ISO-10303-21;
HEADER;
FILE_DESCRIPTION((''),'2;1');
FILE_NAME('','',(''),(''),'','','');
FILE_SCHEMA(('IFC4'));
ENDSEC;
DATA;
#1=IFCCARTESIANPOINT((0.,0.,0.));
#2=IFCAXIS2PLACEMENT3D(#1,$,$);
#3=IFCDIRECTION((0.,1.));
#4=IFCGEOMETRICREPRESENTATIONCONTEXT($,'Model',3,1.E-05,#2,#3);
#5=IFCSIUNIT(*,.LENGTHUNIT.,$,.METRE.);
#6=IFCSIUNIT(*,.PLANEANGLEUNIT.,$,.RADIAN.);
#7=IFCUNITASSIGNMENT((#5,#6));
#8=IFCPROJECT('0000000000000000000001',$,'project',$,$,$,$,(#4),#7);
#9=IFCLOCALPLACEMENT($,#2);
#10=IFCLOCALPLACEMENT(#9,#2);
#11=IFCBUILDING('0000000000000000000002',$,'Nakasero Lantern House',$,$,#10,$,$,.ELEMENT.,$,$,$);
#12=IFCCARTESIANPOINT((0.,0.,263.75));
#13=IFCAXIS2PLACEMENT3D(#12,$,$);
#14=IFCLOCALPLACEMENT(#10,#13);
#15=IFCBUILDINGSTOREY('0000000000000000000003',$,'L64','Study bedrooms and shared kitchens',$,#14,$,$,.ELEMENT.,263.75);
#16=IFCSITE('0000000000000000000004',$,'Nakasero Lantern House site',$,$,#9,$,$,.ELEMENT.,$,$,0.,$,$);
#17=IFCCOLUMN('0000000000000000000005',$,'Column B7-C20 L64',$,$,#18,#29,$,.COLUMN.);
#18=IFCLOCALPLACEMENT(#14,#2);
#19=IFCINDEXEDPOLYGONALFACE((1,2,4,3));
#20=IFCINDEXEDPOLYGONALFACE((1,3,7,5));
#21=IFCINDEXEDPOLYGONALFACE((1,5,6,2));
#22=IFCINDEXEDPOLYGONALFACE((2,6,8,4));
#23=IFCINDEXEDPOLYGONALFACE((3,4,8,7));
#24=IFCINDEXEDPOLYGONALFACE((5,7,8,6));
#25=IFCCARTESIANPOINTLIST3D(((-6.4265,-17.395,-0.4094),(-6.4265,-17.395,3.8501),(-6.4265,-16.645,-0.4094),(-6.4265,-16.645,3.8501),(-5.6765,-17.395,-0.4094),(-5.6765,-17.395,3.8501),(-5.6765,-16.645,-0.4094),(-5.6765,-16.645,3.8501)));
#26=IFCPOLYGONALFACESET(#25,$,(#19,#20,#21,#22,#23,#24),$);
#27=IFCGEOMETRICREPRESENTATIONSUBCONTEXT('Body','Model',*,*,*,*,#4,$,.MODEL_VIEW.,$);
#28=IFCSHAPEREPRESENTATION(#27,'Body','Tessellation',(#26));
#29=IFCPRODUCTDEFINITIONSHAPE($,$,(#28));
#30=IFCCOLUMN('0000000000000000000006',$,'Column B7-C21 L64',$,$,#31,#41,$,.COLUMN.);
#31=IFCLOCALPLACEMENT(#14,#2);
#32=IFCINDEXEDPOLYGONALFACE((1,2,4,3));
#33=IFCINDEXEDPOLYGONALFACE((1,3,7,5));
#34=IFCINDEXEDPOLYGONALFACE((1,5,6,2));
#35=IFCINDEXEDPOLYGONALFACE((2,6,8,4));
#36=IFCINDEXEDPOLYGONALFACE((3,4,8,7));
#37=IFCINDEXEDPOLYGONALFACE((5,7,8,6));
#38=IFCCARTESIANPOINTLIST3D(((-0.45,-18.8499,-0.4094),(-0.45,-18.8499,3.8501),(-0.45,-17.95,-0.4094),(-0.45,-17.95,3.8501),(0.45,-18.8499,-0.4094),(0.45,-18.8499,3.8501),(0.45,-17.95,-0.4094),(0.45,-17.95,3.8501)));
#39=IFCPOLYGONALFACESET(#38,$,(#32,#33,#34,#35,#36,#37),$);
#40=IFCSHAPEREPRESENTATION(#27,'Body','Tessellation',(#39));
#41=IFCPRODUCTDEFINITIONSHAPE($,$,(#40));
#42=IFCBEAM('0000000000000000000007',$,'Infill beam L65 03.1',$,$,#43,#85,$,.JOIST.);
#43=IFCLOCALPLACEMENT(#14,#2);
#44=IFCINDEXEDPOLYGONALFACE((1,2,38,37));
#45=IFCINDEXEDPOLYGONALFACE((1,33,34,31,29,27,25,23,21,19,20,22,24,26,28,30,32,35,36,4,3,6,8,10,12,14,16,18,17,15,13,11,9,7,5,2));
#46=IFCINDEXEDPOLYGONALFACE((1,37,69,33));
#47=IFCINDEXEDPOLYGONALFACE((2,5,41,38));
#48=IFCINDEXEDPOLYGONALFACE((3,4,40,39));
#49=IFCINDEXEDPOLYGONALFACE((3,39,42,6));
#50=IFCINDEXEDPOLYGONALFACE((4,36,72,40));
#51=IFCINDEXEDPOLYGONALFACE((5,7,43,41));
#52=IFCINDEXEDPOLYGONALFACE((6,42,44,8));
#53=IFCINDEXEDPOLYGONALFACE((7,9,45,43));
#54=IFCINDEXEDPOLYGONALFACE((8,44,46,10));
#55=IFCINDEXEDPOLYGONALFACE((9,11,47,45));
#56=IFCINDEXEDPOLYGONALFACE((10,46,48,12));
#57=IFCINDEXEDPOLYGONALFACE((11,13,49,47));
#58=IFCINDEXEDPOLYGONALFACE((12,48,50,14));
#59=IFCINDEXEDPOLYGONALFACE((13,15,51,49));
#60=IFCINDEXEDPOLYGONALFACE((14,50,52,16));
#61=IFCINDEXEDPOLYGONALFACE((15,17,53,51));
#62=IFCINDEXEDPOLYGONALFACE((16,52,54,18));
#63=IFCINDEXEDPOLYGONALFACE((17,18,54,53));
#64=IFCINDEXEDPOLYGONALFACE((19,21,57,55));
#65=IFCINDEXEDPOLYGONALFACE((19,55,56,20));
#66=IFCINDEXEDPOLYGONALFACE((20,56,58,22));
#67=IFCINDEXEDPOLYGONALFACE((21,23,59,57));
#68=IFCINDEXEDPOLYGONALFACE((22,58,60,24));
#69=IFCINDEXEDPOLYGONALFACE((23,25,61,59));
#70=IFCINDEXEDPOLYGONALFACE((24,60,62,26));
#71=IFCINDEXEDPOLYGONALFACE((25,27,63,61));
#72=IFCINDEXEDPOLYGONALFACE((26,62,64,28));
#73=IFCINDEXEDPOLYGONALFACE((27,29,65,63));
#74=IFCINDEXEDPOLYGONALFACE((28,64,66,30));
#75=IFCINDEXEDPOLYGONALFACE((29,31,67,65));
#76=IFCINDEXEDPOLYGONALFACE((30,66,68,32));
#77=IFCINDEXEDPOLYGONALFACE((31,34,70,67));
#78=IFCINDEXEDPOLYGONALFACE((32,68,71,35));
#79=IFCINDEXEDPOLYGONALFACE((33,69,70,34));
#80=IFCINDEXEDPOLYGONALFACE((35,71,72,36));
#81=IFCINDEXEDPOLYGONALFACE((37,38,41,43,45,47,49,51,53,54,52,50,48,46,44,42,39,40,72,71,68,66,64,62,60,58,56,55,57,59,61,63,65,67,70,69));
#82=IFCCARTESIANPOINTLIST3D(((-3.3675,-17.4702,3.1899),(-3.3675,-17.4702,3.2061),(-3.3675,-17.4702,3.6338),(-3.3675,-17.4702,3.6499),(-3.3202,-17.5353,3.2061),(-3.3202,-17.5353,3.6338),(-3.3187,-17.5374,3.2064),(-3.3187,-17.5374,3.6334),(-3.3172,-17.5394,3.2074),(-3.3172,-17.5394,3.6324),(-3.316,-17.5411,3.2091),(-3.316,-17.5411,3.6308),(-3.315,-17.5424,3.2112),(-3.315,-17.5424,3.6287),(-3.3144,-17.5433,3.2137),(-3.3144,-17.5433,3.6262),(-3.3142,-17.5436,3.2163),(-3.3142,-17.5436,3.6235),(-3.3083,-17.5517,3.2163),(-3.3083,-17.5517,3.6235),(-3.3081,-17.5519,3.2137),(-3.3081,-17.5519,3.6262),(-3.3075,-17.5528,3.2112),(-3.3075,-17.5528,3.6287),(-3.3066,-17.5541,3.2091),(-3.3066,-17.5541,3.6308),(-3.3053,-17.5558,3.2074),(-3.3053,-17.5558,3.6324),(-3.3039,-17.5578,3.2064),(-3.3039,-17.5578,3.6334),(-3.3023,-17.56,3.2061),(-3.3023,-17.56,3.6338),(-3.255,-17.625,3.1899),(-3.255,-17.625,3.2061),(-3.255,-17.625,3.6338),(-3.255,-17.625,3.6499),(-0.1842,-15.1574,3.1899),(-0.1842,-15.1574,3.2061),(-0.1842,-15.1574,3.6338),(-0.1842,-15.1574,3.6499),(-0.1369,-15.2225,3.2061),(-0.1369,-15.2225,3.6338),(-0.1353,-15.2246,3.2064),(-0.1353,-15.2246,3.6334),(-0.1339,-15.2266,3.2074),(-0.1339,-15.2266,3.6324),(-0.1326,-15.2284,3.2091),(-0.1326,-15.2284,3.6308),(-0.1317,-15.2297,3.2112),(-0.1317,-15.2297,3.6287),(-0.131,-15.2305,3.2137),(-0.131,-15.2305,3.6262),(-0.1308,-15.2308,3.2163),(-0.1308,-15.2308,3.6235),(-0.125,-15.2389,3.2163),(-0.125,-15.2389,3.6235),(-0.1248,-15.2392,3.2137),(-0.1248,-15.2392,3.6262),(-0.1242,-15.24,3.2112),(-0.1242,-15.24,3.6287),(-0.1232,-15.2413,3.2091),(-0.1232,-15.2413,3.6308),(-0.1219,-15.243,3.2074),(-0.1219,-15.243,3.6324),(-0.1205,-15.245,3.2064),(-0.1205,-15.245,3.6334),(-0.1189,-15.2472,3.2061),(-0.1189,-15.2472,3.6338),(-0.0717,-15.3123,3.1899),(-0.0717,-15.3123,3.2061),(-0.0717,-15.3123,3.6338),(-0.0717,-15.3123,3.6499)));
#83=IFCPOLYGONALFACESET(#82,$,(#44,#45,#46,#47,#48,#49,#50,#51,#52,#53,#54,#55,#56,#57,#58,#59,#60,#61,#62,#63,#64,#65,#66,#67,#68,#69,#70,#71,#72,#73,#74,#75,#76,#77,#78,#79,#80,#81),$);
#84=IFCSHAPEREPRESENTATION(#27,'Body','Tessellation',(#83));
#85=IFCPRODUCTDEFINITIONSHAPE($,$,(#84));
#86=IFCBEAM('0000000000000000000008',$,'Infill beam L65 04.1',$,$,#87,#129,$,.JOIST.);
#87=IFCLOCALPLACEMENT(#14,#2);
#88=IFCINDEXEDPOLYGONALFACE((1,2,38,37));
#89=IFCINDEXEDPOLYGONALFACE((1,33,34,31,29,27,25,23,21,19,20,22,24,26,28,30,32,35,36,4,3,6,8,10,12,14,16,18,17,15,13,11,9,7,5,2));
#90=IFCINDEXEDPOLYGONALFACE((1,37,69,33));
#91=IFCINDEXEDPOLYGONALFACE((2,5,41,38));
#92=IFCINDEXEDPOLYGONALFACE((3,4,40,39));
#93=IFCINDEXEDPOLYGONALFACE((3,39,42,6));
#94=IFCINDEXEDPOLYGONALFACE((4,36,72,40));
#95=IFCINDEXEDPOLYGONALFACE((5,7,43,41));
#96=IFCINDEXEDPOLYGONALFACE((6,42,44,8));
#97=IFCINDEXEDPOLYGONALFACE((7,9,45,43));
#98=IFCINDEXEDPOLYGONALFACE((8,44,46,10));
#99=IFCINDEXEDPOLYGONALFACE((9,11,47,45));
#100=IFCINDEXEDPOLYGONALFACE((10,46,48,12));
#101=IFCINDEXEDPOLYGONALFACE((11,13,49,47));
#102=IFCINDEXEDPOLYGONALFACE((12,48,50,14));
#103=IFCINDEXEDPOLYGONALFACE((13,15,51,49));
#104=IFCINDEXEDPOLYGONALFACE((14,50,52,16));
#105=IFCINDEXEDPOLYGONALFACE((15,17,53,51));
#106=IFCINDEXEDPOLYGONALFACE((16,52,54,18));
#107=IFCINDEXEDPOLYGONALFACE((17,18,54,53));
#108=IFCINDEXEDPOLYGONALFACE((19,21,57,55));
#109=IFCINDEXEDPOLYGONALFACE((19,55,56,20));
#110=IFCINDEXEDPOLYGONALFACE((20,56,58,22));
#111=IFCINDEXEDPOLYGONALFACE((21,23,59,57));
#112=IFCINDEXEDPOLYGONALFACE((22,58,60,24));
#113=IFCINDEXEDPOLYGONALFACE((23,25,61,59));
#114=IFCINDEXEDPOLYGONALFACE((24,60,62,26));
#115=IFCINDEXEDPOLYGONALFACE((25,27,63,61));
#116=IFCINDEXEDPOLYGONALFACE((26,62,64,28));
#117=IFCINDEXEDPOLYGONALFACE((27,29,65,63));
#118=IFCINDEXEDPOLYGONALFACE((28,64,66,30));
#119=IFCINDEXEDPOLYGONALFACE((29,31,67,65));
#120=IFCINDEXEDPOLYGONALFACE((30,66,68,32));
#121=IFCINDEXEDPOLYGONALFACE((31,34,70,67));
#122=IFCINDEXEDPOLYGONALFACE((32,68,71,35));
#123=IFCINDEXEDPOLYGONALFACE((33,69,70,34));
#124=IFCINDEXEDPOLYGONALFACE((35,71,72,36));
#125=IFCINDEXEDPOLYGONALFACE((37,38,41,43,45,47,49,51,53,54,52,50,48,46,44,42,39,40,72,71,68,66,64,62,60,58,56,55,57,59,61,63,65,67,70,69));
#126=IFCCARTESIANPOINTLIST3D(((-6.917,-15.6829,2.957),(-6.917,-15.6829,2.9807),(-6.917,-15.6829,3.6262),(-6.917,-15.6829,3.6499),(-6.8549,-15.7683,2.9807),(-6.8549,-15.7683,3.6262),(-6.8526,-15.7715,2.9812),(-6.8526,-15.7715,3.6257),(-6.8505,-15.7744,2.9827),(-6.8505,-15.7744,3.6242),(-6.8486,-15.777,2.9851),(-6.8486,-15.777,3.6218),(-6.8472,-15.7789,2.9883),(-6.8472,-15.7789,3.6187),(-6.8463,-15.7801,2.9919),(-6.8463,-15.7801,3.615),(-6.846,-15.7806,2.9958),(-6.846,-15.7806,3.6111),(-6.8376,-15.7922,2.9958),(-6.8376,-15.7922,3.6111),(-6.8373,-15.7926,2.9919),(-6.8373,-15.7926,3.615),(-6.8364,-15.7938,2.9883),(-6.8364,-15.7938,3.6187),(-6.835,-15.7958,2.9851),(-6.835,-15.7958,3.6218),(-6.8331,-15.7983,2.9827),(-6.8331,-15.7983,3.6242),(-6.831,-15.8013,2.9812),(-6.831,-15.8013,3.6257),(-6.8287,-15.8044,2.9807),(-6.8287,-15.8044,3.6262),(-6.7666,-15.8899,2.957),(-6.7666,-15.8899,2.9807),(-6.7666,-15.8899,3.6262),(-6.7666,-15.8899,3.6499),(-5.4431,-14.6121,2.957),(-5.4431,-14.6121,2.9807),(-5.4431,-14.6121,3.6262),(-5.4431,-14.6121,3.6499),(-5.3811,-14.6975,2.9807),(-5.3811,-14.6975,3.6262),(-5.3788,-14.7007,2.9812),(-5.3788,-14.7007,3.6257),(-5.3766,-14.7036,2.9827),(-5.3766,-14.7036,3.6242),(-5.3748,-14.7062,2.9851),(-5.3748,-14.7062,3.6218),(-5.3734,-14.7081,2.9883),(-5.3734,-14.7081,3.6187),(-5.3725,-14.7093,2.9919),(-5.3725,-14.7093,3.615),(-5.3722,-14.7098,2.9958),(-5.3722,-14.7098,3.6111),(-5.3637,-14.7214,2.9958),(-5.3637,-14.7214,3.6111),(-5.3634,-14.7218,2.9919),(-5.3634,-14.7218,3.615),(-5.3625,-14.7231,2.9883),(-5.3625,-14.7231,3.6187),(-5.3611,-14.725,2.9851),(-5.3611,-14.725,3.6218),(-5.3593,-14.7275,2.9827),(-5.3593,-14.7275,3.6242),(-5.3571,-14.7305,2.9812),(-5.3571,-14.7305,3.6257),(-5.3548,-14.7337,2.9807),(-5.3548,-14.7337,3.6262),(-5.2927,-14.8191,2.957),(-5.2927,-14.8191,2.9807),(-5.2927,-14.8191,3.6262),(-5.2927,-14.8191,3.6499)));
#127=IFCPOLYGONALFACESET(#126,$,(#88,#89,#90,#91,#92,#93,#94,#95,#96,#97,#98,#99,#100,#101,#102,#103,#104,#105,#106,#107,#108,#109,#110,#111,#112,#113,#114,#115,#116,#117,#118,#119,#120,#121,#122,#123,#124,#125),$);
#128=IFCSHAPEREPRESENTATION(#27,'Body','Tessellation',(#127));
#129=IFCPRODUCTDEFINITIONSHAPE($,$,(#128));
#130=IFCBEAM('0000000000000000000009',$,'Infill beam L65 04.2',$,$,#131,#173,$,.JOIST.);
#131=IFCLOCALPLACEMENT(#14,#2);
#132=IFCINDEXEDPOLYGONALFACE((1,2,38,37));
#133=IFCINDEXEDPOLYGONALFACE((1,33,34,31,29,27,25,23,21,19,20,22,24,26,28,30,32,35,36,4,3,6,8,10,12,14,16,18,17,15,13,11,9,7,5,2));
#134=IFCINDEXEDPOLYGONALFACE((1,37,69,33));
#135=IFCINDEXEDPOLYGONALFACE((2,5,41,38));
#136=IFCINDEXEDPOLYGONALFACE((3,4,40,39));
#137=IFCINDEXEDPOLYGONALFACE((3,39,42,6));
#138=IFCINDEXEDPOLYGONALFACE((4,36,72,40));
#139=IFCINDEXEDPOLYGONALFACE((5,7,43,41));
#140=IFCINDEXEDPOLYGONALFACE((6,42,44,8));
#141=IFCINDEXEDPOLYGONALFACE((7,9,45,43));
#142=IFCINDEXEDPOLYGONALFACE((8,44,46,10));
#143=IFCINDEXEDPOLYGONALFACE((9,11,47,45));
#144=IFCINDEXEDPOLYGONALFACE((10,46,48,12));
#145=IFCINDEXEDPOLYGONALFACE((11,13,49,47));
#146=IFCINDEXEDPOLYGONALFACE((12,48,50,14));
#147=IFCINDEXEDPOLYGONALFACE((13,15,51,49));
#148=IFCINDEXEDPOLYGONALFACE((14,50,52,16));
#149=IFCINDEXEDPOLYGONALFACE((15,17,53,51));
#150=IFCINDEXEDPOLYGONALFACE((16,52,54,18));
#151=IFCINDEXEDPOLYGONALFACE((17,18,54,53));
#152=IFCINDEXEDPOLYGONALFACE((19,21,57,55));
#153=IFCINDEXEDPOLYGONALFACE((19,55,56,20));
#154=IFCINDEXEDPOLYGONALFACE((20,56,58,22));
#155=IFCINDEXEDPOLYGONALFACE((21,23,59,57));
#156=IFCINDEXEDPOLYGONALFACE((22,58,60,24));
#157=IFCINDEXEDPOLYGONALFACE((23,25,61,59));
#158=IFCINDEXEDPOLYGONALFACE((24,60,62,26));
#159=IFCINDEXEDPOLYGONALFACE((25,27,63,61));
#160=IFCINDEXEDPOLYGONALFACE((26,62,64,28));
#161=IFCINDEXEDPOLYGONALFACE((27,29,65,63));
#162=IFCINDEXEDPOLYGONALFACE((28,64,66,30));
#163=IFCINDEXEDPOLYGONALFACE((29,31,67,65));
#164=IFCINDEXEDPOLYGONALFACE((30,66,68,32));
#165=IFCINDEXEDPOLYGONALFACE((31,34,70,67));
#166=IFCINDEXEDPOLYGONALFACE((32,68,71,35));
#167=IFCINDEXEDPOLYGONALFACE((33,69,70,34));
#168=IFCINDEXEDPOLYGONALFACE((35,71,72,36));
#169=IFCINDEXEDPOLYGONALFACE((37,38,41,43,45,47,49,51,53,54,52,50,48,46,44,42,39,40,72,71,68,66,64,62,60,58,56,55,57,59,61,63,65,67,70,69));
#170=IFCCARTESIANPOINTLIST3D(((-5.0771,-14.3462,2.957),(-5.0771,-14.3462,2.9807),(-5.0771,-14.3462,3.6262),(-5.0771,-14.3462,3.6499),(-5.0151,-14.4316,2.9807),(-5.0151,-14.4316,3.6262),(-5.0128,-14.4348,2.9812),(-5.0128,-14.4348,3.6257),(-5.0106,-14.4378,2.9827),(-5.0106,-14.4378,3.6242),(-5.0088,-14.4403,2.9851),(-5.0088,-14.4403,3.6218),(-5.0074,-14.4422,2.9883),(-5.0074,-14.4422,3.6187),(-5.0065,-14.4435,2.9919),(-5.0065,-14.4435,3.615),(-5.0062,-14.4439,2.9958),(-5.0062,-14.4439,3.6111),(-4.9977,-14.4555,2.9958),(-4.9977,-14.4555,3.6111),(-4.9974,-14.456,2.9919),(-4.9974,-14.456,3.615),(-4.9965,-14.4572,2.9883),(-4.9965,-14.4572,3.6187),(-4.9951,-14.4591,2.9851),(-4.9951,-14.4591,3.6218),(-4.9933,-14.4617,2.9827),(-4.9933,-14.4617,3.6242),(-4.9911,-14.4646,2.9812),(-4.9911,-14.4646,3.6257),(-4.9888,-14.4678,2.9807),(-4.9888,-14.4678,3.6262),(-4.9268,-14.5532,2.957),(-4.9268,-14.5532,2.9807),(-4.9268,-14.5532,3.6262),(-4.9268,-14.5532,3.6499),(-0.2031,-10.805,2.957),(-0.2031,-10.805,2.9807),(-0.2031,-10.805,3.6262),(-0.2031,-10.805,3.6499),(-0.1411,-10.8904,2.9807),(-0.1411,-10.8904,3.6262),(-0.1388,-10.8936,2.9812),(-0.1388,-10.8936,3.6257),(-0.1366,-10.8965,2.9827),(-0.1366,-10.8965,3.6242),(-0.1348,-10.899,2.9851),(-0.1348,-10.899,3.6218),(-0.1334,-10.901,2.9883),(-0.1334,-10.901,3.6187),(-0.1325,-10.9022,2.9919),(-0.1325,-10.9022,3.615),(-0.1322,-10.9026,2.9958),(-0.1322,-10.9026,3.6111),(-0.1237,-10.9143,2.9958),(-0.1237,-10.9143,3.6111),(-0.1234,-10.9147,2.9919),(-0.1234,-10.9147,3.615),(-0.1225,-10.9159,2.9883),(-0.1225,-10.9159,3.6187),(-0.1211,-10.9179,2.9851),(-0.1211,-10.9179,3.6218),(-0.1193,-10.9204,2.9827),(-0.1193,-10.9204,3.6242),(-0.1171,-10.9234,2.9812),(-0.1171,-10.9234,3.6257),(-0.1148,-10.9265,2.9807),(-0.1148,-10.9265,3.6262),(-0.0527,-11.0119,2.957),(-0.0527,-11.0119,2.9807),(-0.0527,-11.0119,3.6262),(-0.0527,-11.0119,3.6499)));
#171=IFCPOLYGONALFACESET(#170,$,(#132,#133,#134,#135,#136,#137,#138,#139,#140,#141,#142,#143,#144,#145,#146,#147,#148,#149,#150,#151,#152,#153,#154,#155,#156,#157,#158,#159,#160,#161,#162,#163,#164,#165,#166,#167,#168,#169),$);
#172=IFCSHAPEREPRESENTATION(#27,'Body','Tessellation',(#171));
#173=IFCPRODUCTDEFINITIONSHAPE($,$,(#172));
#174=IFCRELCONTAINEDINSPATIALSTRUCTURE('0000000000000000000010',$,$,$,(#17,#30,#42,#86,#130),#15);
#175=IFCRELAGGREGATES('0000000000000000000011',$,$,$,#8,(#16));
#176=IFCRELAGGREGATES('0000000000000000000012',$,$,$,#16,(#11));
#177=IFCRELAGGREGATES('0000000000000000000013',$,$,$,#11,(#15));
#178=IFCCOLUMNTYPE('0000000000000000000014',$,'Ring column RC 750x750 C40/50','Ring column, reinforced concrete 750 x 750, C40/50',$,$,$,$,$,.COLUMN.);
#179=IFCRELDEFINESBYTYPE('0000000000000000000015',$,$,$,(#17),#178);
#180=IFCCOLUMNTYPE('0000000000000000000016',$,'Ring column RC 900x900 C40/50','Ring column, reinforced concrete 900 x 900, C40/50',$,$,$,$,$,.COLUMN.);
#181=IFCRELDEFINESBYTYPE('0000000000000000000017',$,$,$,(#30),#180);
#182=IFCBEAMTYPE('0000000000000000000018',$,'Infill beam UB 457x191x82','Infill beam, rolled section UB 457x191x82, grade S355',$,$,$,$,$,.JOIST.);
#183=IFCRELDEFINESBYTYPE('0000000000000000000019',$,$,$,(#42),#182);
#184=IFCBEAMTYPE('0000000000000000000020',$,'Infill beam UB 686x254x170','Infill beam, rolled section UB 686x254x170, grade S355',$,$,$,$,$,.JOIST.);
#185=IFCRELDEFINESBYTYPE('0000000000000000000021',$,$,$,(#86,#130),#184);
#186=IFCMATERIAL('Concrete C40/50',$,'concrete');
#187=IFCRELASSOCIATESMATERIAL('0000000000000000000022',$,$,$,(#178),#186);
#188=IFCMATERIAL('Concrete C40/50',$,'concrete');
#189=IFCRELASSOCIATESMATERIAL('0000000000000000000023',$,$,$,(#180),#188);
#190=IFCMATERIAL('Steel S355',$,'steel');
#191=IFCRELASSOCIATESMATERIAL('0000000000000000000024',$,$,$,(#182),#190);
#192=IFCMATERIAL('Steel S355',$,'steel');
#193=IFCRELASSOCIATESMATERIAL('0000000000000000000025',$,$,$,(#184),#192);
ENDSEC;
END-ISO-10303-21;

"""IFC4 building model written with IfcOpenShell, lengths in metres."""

from ifc_helpers import new_model, si_unit, direction, frame, origin, origin_2d, place, context, subcontext, project, spatial, rectangle, i_section, extrude, material, material_profile, profile_set, type_object, element, save


model = new_model("IFC4")

# Units and contexts
model_context = context("Model", 3, precision=1e-05, world=origin(), true_north=direction((0.0, 1.0)))
body_context = subcontext(model_context, "Body", "Model", "MODEL_VIEW")
ifc_project = project(units=[si_unit("LENGTHUNIT", "METRE"), si_unit("PLANEANGLEUNIT", "RADIAN")], contexts=[model_context])

# Site, building, storey
site_placement = place(None, origin())
site = spatial("IfcSite", under=ifc_project, at=site_placement, Name="Nakasero Lantern House site", CompositionType="ELEMENT", RefElevation=0.0)
building_placement = place(site_placement, origin())
building = spatial("IfcBuilding", under=site, at=building_placement, Name="Nakasero Lantern House", CompositionType="ELEMENT")
storey_placement = place(building_placement, frame((0.0, 0.0, 263.75)))
storey = spatial("IfcBuildingStorey", under=building, at=storey_placement, Name="L64", Description="Study bedrooms and shared kitchens", CompositionType="ELEMENT", Elevation=263.75)

# Columns
ifc_material_1 = material(Name="Concrete C40/50", Category="concrete")
ifc_material_profile_1 = material_profile(ifc_material_1, rectangle(XDim=0.75, YDim=0.75, at=origin_2d()), Name="RC 750x750")
ifc_profile_set_1 = profile_set([ifc_material_profile_1], Name="Concrete C40/50")
column_type_1 = type_object("IfcColumnType", Name="Ring column RC 750x750 C40/50", Description="Ring column, reinforced concrete 750 x 750, C40/50", PredefinedType="COLUMN", material=ifc_profile_set_1)
column_1_placement = place(storey_placement, frame((-6.0515, -17.02, -0.4094), z_axis=(0.0, 0.0, 1.0), x_axis=(1.0, 0.0, 0.0)))
element("IfcColumn", 1, at=column_1_placement, inside=storey, type_object=column_type_1, Name="Column B7-C20 L64", PredefinedType="COLUMN", context=body_context, shape_type="SweptSolid", body=[
    extrude(rectangle(XDim=0.75, YDim=0.75, at=origin_2d()), origin(), (0.0, 0.0, 1.0), 4.2595),
])
ifc_material_2 = material(Name="Concrete C40/50", Category="concrete")
ifc_material_profile_2 = material_profile(ifc_material_2, rectangle(XDim=0.8999, YDim=0.8999, at=origin_2d()), Name="RC 900x900")
ifc_profile_set_2 = profile_set([ifc_material_profile_2], Name="Concrete C40/50")
column_type_2 = type_object("IfcColumnType", Name="Ring column RC 900x900 C40/50", Description="Ring column, reinforced concrete 900 x 900, C40/50", PredefinedType="COLUMN", material=ifc_profile_set_2)
column_2_placement = place(storey_placement, frame((0.0, -18.3999, -0.4094), z_axis=(0.0, 0.0, 1.0), x_axis=(1.0, 0.0, 0.0)))
element("IfcColumn", 2, at=column_2_placement, inside=storey, type_object=column_type_2, Name="Column B7-C21 L64", PredefinedType="COLUMN", context=body_context, shape_type="SweptSolid", body=[
    extrude(rectangle(XDim=0.8999, YDim=0.8999, at=origin_2d()), origin(), (0.0, 0.0, 1.0), 4.2595),
])

# Beams
ifc_material_3 = material(Name="Steel S355", Category="steel")
ifc_material_profile_3 = material_profile(ifc_material_3, i_section(OverallWidth=0.1914, OverallDepth=0.46, WebThickness=0.01, FlangeThickness=0.0161, FilletRadius=0.0103, at=origin_2d()), Name="UB 457x191x82")
ifc_profile_set_3 = profile_set([ifc_material_profile_3], Name="Steel S355")
beam_type_1 = type_object("IfcBeamType", Name="Infill beam UB 457x191x82", Description="Infill beam, rolled section UB 457x191x82, grade S355", PredefinedType="JOIST", material=ifc_profile_set_3)
beam_1_placement = place(storey_placement, frame((-3.3113, -17.5476, 3.4199), z_axis=(0.809028, 0.587769, 0.0), x_axis=(-0.587769, 0.809028, 0.0)))
element("IfcBeam", 3, at=beam_1_placement, inside=storey, type_object=beam_type_1, Name="Infill beam L65 03.1", PredefinedType="JOIST", context=body_context, shape_type="SweptSolid", body=[
    extrude(i_section(OverallWidth=0.1914, OverallDepth=0.46, WebThickness=0.01, FlangeThickness=0.0161, FilletRadius=0.0103, at=origin_2d()), origin(), (0.0, 0.0, 1.0), 3.9348),
])
ifc_material_4 = material(Name="Steel S355", Category="steel")
ifc_material_profile_4 = material_profile(ifc_material_4, i_section(OverallWidth=0.2559, OverallDepth=0.6929, WebThickness=0.0144, FlangeThickness=0.0237, FilletRadius=0.0151, at=origin_2d()), Name="UB 686x254x170")
ifc_profile_set_4 = profile_set([ifc_material_profile_4], Name="Steel S355")
beam_type_2 = type_object("IfcBeamType", Name="Infill beam UB 686x254x170", Description="Infill beam, rolled section UB 686x254x170, grade S355", PredefinedType="JOIST", material=ifc_profile_set_4)
beam_2_placement = place(storey_placement, frame((-6.8418, -15.7864, 3.3035), z_axis=(0.809026, 0.587773, 0.0), x_axis=(-0.587773, 0.809026, 0.0)))
element("IfcBeam", 4, at=beam_2_placement, inside=storey, type_object=beam_type_2, Name="Infill beam L65 04.1", PredefinedType="JOIST", context=body_context, shape_type="SweptSolid", body=[
    extrude(i_section(OverallWidth=0.2559, OverallDepth=0.6929, WebThickness=0.0144, FlangeThickness=0.0237, FilletRadius=0.0151, at=origin_2d()), origin(), (0.0, 0.0, 1.0), 1.8218),
])
beam_3_placement = place(storey_placement, frame((-5.002, -14.4497, 3.3035), z_axis=(0.809011, 0.587793, 0.0), x_axis=(-0.587793, 0.809011, 0.0)))
element("IfcBeam", 5, at=beam_3_placement, inside=storey, type_object=beam_type_2, Name="Infill beam L65 04.2", PredefinedType="JOIST", context=body_context, shape_type="SweptSolid", body=[
    extrude(i_section(OverallWidth=0.2559, OverallDepth=0.6929, WebThickness=0.0144, FlangeThickness=0.0237, FilletRadius=0.0151, at=origin_2d()), origin(), (0.0, 0.0, 1.0), 6.0247),
])

save(model, "model.ifc")
